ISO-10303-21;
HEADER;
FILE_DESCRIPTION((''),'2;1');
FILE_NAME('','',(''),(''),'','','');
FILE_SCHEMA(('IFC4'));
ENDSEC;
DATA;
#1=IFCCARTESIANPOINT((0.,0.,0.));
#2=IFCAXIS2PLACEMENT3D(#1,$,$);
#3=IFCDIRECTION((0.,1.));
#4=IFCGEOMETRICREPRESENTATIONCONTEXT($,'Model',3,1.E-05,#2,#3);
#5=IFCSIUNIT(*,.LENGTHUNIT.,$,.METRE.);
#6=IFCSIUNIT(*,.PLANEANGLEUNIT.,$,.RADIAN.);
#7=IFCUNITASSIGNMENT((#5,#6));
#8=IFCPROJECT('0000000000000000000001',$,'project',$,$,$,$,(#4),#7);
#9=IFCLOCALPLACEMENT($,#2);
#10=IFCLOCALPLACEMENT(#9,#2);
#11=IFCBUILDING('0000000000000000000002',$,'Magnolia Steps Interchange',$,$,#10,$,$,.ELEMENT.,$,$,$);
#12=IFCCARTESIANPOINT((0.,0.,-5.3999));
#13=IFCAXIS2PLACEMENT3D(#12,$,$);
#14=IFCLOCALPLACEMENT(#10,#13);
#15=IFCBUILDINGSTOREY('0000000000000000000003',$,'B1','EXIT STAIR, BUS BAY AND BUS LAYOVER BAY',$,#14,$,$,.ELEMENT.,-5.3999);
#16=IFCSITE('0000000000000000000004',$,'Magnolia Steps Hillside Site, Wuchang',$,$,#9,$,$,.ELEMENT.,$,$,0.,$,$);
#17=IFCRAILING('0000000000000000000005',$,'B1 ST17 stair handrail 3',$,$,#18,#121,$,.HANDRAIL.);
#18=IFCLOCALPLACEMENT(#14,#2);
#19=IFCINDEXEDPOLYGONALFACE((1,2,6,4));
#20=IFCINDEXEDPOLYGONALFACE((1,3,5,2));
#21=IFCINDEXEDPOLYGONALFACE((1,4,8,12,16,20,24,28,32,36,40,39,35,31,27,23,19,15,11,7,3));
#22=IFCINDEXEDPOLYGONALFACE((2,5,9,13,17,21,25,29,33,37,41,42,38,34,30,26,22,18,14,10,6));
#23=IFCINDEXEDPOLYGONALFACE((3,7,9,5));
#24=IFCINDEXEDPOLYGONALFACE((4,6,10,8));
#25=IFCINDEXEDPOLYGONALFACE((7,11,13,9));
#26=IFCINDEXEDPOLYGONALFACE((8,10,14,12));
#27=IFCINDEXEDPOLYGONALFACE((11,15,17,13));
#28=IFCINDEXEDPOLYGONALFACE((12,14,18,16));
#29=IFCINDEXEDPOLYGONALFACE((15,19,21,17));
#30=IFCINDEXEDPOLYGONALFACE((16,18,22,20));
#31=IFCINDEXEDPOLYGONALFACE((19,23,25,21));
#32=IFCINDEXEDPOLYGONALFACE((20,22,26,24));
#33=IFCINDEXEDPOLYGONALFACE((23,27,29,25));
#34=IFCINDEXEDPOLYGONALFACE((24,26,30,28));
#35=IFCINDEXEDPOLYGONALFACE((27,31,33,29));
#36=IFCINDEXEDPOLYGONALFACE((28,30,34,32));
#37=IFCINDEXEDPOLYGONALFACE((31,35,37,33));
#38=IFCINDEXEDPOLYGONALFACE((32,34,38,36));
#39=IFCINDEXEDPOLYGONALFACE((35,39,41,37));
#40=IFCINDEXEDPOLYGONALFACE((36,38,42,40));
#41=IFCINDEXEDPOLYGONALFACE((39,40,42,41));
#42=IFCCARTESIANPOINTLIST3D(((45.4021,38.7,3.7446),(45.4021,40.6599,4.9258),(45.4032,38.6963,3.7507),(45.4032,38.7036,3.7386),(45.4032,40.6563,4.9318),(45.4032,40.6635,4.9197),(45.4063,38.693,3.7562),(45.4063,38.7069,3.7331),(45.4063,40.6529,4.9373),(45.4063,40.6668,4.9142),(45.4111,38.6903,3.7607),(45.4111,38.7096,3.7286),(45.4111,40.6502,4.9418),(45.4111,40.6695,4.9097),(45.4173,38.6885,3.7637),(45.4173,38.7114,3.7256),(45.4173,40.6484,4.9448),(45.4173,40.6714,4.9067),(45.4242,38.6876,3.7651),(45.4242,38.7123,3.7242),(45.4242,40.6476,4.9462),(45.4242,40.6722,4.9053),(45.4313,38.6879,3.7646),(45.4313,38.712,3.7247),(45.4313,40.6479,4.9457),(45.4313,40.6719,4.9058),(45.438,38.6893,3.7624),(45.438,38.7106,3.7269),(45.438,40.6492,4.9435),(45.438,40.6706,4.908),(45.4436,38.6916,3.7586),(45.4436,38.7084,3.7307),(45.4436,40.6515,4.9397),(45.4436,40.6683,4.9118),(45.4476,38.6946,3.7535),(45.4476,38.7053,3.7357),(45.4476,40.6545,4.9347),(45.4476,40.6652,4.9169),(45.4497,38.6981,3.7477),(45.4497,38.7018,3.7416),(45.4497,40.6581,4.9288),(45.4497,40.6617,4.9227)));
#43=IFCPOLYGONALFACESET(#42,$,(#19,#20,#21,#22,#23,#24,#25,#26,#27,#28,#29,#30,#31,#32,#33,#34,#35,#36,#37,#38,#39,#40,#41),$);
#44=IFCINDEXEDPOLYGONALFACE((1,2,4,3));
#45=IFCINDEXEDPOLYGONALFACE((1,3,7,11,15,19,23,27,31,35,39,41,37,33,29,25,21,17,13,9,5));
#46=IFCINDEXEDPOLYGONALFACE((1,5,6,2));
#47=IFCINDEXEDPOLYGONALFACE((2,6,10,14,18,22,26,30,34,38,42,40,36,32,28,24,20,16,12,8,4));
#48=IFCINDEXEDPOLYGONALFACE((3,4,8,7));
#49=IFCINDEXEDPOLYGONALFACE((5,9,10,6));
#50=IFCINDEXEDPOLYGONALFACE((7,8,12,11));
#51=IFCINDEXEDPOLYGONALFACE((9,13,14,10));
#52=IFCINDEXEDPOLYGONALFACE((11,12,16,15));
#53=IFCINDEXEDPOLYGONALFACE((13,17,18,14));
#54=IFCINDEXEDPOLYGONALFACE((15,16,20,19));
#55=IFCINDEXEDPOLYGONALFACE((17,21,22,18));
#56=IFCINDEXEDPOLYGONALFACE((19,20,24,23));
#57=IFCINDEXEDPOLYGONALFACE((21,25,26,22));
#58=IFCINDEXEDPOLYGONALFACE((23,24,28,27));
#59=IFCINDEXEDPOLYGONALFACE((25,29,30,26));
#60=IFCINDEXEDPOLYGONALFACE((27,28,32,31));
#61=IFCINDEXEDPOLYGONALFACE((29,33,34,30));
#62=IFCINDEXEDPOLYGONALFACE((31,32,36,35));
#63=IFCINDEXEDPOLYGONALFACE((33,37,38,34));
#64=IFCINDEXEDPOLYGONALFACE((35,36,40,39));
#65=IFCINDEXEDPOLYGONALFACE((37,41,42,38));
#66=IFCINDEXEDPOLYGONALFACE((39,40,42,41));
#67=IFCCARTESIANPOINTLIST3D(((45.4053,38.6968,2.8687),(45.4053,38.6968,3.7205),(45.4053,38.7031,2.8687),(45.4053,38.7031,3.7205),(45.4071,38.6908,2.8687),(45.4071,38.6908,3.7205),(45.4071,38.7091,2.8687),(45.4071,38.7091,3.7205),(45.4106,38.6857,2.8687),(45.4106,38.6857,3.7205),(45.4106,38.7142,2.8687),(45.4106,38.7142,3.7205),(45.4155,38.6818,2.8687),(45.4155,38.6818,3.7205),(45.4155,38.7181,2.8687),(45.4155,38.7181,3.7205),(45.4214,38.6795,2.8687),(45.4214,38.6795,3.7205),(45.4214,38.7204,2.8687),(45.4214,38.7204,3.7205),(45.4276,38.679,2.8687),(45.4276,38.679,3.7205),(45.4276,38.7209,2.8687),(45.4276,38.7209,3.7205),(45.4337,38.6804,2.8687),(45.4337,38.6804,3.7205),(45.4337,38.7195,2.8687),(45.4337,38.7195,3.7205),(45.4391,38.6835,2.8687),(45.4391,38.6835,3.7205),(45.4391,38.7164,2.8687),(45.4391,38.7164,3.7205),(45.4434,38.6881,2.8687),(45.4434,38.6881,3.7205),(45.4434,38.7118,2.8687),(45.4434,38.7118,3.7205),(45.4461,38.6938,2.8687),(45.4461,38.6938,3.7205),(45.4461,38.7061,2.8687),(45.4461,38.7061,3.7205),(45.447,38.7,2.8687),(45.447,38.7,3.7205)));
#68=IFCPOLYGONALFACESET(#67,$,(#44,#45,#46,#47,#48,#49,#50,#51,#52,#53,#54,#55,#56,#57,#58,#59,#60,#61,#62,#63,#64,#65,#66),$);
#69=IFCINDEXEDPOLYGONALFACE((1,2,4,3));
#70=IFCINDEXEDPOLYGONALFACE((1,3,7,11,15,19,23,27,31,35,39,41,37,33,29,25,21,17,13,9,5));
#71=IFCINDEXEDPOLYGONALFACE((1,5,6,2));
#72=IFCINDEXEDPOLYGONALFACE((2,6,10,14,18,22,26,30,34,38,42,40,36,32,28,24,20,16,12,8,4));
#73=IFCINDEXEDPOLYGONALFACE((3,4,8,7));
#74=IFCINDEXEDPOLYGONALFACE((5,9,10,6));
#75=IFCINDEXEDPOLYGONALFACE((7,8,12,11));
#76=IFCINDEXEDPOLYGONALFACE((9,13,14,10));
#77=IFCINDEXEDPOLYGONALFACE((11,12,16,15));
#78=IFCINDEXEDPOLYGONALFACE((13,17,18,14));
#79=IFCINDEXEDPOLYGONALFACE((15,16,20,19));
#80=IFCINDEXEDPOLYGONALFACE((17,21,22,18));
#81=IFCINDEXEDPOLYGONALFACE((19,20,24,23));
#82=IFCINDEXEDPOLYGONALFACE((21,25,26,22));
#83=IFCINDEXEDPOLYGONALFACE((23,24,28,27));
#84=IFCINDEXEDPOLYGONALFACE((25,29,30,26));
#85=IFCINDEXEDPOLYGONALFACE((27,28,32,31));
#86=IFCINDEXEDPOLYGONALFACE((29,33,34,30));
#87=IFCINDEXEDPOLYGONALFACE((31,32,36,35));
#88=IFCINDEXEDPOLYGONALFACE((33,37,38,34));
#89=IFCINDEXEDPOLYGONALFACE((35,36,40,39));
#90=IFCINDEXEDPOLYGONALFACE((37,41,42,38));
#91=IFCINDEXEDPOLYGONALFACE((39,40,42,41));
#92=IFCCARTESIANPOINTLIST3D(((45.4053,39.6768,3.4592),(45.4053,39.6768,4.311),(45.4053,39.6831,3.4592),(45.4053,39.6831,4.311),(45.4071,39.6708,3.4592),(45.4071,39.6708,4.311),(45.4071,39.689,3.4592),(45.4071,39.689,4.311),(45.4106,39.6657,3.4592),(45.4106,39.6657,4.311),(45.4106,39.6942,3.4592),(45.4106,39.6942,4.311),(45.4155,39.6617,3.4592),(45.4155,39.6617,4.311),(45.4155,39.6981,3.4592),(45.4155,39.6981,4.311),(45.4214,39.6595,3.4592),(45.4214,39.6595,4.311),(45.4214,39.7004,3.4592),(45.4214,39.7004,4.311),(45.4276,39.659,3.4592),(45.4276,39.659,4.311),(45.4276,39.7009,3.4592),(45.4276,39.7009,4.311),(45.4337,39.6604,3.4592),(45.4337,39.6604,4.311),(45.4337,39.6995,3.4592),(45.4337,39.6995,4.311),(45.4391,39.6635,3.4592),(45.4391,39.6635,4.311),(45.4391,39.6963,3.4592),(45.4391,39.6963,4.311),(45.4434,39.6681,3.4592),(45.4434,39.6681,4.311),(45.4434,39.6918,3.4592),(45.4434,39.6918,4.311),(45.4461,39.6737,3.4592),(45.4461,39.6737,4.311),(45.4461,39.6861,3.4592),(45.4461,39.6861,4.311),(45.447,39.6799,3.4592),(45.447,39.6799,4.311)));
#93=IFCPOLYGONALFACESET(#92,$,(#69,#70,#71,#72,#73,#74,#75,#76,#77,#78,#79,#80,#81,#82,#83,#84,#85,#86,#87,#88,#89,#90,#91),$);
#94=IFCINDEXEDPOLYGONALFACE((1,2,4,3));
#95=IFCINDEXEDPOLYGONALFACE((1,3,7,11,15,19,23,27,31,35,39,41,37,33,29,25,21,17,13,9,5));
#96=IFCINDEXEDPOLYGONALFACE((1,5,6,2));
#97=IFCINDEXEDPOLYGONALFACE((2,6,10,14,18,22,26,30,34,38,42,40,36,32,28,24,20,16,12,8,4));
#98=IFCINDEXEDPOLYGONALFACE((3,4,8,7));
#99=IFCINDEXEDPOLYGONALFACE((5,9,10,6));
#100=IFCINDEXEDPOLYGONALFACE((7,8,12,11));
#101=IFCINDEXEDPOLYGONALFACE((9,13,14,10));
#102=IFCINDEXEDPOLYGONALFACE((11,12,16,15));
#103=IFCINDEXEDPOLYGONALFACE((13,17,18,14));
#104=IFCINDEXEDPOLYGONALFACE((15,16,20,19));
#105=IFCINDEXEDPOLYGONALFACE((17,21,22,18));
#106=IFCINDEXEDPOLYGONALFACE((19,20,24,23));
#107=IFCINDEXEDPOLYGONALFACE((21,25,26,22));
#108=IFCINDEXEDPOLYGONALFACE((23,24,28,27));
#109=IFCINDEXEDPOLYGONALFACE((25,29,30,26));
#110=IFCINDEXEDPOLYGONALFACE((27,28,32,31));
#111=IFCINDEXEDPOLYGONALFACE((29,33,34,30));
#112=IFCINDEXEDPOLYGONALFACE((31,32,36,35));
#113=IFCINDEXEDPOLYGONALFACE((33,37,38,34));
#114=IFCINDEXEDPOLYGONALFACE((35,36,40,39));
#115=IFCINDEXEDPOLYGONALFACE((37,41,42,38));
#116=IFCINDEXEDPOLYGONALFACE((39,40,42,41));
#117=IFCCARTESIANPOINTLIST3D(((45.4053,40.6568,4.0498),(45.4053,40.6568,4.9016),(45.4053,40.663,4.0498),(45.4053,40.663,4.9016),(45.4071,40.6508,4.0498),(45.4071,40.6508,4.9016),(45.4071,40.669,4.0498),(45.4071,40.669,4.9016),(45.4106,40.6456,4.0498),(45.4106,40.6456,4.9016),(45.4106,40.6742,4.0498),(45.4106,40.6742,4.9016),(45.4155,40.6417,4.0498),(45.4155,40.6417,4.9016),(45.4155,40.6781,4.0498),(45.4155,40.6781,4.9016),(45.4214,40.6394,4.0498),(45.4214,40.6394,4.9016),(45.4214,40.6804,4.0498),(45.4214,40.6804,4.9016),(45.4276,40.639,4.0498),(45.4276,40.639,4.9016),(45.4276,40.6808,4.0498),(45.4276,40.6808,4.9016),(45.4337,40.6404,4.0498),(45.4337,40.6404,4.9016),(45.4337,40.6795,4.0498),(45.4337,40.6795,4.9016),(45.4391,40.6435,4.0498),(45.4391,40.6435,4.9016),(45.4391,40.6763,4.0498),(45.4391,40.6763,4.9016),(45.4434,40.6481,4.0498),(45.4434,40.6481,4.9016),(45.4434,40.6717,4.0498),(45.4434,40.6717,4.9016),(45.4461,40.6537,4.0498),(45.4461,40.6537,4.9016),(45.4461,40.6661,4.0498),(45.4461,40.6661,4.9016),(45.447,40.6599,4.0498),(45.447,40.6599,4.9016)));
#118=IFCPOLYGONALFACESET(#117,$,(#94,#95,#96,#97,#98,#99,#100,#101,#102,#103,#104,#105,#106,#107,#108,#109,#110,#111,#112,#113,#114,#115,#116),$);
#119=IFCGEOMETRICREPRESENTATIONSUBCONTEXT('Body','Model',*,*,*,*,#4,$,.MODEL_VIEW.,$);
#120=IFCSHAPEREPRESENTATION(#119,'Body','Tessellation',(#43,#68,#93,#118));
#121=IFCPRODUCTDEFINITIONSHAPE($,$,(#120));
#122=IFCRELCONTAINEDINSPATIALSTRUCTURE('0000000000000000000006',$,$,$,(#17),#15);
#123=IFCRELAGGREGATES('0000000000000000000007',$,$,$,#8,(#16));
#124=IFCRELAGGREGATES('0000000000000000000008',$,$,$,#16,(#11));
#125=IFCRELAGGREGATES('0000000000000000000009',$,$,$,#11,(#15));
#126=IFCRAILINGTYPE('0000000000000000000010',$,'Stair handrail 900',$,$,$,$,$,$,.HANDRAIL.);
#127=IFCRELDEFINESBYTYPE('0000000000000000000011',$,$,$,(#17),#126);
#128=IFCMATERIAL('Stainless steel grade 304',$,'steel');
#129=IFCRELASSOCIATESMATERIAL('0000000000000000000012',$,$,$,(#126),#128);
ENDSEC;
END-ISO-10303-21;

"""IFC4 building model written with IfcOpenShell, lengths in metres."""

from ifc_helpers import new_model, si_unit, direction, frame, origin, origin_2d, place, context, subcontext, project, spatial, circle, extrude, material, type_object, element, save


model = new_model("IFC4")

# Units and contexts
model_context = context("Model", 3, precision=1e-05, world=origin(), true_north=direction((0.0, 1.0)))
body_context = subcontext(model_context, "Body", "Model", "MODEL_VIEW")
ifc_project = project(units=[si_unit("LENGTHUNIT", "METRE"), si_unit("PLANEANGLEUNIT", "RADIAN")], contexts=[model_context])

# Site, building, storey
site_placement = place(None, origin())
site = spatial("IfcSite", under=ifc_project, at=site_placement, Name="Magnolia Steps Hillside Site, Wuchang", CompositionType="ELEMENT", RefElevation=0.0)
building_placement = place(site_placement, origin())
building = spatial("IfcBuilding", under=site, at=building_placement, Name="Magnolia Steps Interchange", CompositionType="ELEMENT")
storey_placement = place(building_placement, frame((0.0, 0.0, -5.3999)))
storey = spatial("IfcBuildingStorey", under=building, at=storey_placement, Name="B1", Description="EXIT STAIR, BUS BAY AND BUS LAYOVER BAY", CompositionType="ELEMENT", Elevation=-5.3999)

# Railing
ifc_material_1 = material(Name="Stainless steel grade 304", Category="steel")
railing_type_1 = type_object("IfcRailingType", Name="Stair handrail 900", PredefinedType="HANDRAIL", material=ifc_material_1)
railing_1_placement = place(storey_placement, frame((45.426, 38.7, 2.8687)))
element("IfcRailing", 1, at=railing_1_placement, inside=storey, type_object=railing_type_1, Name="B1 ST17 stair handrail 3", PredefinedType="HANDRAIL", context=body_context, shape_type="SweptSolid", body=[
    extrude(circle(Radius=0.0239, at=origin_2d()), frame((0.0, 0.0, 0.876), z_axis=(0.0, 0.856493, 0.516158), x_axis=(-1.0, 0.0, 0.0)), (0.0, 0.0, 1.0), 2.2883),
    extrude(circle(Radius=0.021, at=origin_2d()), origin(), (0.0, 0.0, 1.0), 0.8518),
    extrude(circle(Radius=0.021, at=origin_2d()), frame((0.0, 0.98, 0.5906)), (0.0, 0.0, 1.0), 0.8518),
    extrude(circle(Radius=0.021, at=origin_2d()), frame((0.0, 1.96, 1.1812)), (0.0, 0.0, 1.0), 0.8518),
])

save(model, "model.ifc")
